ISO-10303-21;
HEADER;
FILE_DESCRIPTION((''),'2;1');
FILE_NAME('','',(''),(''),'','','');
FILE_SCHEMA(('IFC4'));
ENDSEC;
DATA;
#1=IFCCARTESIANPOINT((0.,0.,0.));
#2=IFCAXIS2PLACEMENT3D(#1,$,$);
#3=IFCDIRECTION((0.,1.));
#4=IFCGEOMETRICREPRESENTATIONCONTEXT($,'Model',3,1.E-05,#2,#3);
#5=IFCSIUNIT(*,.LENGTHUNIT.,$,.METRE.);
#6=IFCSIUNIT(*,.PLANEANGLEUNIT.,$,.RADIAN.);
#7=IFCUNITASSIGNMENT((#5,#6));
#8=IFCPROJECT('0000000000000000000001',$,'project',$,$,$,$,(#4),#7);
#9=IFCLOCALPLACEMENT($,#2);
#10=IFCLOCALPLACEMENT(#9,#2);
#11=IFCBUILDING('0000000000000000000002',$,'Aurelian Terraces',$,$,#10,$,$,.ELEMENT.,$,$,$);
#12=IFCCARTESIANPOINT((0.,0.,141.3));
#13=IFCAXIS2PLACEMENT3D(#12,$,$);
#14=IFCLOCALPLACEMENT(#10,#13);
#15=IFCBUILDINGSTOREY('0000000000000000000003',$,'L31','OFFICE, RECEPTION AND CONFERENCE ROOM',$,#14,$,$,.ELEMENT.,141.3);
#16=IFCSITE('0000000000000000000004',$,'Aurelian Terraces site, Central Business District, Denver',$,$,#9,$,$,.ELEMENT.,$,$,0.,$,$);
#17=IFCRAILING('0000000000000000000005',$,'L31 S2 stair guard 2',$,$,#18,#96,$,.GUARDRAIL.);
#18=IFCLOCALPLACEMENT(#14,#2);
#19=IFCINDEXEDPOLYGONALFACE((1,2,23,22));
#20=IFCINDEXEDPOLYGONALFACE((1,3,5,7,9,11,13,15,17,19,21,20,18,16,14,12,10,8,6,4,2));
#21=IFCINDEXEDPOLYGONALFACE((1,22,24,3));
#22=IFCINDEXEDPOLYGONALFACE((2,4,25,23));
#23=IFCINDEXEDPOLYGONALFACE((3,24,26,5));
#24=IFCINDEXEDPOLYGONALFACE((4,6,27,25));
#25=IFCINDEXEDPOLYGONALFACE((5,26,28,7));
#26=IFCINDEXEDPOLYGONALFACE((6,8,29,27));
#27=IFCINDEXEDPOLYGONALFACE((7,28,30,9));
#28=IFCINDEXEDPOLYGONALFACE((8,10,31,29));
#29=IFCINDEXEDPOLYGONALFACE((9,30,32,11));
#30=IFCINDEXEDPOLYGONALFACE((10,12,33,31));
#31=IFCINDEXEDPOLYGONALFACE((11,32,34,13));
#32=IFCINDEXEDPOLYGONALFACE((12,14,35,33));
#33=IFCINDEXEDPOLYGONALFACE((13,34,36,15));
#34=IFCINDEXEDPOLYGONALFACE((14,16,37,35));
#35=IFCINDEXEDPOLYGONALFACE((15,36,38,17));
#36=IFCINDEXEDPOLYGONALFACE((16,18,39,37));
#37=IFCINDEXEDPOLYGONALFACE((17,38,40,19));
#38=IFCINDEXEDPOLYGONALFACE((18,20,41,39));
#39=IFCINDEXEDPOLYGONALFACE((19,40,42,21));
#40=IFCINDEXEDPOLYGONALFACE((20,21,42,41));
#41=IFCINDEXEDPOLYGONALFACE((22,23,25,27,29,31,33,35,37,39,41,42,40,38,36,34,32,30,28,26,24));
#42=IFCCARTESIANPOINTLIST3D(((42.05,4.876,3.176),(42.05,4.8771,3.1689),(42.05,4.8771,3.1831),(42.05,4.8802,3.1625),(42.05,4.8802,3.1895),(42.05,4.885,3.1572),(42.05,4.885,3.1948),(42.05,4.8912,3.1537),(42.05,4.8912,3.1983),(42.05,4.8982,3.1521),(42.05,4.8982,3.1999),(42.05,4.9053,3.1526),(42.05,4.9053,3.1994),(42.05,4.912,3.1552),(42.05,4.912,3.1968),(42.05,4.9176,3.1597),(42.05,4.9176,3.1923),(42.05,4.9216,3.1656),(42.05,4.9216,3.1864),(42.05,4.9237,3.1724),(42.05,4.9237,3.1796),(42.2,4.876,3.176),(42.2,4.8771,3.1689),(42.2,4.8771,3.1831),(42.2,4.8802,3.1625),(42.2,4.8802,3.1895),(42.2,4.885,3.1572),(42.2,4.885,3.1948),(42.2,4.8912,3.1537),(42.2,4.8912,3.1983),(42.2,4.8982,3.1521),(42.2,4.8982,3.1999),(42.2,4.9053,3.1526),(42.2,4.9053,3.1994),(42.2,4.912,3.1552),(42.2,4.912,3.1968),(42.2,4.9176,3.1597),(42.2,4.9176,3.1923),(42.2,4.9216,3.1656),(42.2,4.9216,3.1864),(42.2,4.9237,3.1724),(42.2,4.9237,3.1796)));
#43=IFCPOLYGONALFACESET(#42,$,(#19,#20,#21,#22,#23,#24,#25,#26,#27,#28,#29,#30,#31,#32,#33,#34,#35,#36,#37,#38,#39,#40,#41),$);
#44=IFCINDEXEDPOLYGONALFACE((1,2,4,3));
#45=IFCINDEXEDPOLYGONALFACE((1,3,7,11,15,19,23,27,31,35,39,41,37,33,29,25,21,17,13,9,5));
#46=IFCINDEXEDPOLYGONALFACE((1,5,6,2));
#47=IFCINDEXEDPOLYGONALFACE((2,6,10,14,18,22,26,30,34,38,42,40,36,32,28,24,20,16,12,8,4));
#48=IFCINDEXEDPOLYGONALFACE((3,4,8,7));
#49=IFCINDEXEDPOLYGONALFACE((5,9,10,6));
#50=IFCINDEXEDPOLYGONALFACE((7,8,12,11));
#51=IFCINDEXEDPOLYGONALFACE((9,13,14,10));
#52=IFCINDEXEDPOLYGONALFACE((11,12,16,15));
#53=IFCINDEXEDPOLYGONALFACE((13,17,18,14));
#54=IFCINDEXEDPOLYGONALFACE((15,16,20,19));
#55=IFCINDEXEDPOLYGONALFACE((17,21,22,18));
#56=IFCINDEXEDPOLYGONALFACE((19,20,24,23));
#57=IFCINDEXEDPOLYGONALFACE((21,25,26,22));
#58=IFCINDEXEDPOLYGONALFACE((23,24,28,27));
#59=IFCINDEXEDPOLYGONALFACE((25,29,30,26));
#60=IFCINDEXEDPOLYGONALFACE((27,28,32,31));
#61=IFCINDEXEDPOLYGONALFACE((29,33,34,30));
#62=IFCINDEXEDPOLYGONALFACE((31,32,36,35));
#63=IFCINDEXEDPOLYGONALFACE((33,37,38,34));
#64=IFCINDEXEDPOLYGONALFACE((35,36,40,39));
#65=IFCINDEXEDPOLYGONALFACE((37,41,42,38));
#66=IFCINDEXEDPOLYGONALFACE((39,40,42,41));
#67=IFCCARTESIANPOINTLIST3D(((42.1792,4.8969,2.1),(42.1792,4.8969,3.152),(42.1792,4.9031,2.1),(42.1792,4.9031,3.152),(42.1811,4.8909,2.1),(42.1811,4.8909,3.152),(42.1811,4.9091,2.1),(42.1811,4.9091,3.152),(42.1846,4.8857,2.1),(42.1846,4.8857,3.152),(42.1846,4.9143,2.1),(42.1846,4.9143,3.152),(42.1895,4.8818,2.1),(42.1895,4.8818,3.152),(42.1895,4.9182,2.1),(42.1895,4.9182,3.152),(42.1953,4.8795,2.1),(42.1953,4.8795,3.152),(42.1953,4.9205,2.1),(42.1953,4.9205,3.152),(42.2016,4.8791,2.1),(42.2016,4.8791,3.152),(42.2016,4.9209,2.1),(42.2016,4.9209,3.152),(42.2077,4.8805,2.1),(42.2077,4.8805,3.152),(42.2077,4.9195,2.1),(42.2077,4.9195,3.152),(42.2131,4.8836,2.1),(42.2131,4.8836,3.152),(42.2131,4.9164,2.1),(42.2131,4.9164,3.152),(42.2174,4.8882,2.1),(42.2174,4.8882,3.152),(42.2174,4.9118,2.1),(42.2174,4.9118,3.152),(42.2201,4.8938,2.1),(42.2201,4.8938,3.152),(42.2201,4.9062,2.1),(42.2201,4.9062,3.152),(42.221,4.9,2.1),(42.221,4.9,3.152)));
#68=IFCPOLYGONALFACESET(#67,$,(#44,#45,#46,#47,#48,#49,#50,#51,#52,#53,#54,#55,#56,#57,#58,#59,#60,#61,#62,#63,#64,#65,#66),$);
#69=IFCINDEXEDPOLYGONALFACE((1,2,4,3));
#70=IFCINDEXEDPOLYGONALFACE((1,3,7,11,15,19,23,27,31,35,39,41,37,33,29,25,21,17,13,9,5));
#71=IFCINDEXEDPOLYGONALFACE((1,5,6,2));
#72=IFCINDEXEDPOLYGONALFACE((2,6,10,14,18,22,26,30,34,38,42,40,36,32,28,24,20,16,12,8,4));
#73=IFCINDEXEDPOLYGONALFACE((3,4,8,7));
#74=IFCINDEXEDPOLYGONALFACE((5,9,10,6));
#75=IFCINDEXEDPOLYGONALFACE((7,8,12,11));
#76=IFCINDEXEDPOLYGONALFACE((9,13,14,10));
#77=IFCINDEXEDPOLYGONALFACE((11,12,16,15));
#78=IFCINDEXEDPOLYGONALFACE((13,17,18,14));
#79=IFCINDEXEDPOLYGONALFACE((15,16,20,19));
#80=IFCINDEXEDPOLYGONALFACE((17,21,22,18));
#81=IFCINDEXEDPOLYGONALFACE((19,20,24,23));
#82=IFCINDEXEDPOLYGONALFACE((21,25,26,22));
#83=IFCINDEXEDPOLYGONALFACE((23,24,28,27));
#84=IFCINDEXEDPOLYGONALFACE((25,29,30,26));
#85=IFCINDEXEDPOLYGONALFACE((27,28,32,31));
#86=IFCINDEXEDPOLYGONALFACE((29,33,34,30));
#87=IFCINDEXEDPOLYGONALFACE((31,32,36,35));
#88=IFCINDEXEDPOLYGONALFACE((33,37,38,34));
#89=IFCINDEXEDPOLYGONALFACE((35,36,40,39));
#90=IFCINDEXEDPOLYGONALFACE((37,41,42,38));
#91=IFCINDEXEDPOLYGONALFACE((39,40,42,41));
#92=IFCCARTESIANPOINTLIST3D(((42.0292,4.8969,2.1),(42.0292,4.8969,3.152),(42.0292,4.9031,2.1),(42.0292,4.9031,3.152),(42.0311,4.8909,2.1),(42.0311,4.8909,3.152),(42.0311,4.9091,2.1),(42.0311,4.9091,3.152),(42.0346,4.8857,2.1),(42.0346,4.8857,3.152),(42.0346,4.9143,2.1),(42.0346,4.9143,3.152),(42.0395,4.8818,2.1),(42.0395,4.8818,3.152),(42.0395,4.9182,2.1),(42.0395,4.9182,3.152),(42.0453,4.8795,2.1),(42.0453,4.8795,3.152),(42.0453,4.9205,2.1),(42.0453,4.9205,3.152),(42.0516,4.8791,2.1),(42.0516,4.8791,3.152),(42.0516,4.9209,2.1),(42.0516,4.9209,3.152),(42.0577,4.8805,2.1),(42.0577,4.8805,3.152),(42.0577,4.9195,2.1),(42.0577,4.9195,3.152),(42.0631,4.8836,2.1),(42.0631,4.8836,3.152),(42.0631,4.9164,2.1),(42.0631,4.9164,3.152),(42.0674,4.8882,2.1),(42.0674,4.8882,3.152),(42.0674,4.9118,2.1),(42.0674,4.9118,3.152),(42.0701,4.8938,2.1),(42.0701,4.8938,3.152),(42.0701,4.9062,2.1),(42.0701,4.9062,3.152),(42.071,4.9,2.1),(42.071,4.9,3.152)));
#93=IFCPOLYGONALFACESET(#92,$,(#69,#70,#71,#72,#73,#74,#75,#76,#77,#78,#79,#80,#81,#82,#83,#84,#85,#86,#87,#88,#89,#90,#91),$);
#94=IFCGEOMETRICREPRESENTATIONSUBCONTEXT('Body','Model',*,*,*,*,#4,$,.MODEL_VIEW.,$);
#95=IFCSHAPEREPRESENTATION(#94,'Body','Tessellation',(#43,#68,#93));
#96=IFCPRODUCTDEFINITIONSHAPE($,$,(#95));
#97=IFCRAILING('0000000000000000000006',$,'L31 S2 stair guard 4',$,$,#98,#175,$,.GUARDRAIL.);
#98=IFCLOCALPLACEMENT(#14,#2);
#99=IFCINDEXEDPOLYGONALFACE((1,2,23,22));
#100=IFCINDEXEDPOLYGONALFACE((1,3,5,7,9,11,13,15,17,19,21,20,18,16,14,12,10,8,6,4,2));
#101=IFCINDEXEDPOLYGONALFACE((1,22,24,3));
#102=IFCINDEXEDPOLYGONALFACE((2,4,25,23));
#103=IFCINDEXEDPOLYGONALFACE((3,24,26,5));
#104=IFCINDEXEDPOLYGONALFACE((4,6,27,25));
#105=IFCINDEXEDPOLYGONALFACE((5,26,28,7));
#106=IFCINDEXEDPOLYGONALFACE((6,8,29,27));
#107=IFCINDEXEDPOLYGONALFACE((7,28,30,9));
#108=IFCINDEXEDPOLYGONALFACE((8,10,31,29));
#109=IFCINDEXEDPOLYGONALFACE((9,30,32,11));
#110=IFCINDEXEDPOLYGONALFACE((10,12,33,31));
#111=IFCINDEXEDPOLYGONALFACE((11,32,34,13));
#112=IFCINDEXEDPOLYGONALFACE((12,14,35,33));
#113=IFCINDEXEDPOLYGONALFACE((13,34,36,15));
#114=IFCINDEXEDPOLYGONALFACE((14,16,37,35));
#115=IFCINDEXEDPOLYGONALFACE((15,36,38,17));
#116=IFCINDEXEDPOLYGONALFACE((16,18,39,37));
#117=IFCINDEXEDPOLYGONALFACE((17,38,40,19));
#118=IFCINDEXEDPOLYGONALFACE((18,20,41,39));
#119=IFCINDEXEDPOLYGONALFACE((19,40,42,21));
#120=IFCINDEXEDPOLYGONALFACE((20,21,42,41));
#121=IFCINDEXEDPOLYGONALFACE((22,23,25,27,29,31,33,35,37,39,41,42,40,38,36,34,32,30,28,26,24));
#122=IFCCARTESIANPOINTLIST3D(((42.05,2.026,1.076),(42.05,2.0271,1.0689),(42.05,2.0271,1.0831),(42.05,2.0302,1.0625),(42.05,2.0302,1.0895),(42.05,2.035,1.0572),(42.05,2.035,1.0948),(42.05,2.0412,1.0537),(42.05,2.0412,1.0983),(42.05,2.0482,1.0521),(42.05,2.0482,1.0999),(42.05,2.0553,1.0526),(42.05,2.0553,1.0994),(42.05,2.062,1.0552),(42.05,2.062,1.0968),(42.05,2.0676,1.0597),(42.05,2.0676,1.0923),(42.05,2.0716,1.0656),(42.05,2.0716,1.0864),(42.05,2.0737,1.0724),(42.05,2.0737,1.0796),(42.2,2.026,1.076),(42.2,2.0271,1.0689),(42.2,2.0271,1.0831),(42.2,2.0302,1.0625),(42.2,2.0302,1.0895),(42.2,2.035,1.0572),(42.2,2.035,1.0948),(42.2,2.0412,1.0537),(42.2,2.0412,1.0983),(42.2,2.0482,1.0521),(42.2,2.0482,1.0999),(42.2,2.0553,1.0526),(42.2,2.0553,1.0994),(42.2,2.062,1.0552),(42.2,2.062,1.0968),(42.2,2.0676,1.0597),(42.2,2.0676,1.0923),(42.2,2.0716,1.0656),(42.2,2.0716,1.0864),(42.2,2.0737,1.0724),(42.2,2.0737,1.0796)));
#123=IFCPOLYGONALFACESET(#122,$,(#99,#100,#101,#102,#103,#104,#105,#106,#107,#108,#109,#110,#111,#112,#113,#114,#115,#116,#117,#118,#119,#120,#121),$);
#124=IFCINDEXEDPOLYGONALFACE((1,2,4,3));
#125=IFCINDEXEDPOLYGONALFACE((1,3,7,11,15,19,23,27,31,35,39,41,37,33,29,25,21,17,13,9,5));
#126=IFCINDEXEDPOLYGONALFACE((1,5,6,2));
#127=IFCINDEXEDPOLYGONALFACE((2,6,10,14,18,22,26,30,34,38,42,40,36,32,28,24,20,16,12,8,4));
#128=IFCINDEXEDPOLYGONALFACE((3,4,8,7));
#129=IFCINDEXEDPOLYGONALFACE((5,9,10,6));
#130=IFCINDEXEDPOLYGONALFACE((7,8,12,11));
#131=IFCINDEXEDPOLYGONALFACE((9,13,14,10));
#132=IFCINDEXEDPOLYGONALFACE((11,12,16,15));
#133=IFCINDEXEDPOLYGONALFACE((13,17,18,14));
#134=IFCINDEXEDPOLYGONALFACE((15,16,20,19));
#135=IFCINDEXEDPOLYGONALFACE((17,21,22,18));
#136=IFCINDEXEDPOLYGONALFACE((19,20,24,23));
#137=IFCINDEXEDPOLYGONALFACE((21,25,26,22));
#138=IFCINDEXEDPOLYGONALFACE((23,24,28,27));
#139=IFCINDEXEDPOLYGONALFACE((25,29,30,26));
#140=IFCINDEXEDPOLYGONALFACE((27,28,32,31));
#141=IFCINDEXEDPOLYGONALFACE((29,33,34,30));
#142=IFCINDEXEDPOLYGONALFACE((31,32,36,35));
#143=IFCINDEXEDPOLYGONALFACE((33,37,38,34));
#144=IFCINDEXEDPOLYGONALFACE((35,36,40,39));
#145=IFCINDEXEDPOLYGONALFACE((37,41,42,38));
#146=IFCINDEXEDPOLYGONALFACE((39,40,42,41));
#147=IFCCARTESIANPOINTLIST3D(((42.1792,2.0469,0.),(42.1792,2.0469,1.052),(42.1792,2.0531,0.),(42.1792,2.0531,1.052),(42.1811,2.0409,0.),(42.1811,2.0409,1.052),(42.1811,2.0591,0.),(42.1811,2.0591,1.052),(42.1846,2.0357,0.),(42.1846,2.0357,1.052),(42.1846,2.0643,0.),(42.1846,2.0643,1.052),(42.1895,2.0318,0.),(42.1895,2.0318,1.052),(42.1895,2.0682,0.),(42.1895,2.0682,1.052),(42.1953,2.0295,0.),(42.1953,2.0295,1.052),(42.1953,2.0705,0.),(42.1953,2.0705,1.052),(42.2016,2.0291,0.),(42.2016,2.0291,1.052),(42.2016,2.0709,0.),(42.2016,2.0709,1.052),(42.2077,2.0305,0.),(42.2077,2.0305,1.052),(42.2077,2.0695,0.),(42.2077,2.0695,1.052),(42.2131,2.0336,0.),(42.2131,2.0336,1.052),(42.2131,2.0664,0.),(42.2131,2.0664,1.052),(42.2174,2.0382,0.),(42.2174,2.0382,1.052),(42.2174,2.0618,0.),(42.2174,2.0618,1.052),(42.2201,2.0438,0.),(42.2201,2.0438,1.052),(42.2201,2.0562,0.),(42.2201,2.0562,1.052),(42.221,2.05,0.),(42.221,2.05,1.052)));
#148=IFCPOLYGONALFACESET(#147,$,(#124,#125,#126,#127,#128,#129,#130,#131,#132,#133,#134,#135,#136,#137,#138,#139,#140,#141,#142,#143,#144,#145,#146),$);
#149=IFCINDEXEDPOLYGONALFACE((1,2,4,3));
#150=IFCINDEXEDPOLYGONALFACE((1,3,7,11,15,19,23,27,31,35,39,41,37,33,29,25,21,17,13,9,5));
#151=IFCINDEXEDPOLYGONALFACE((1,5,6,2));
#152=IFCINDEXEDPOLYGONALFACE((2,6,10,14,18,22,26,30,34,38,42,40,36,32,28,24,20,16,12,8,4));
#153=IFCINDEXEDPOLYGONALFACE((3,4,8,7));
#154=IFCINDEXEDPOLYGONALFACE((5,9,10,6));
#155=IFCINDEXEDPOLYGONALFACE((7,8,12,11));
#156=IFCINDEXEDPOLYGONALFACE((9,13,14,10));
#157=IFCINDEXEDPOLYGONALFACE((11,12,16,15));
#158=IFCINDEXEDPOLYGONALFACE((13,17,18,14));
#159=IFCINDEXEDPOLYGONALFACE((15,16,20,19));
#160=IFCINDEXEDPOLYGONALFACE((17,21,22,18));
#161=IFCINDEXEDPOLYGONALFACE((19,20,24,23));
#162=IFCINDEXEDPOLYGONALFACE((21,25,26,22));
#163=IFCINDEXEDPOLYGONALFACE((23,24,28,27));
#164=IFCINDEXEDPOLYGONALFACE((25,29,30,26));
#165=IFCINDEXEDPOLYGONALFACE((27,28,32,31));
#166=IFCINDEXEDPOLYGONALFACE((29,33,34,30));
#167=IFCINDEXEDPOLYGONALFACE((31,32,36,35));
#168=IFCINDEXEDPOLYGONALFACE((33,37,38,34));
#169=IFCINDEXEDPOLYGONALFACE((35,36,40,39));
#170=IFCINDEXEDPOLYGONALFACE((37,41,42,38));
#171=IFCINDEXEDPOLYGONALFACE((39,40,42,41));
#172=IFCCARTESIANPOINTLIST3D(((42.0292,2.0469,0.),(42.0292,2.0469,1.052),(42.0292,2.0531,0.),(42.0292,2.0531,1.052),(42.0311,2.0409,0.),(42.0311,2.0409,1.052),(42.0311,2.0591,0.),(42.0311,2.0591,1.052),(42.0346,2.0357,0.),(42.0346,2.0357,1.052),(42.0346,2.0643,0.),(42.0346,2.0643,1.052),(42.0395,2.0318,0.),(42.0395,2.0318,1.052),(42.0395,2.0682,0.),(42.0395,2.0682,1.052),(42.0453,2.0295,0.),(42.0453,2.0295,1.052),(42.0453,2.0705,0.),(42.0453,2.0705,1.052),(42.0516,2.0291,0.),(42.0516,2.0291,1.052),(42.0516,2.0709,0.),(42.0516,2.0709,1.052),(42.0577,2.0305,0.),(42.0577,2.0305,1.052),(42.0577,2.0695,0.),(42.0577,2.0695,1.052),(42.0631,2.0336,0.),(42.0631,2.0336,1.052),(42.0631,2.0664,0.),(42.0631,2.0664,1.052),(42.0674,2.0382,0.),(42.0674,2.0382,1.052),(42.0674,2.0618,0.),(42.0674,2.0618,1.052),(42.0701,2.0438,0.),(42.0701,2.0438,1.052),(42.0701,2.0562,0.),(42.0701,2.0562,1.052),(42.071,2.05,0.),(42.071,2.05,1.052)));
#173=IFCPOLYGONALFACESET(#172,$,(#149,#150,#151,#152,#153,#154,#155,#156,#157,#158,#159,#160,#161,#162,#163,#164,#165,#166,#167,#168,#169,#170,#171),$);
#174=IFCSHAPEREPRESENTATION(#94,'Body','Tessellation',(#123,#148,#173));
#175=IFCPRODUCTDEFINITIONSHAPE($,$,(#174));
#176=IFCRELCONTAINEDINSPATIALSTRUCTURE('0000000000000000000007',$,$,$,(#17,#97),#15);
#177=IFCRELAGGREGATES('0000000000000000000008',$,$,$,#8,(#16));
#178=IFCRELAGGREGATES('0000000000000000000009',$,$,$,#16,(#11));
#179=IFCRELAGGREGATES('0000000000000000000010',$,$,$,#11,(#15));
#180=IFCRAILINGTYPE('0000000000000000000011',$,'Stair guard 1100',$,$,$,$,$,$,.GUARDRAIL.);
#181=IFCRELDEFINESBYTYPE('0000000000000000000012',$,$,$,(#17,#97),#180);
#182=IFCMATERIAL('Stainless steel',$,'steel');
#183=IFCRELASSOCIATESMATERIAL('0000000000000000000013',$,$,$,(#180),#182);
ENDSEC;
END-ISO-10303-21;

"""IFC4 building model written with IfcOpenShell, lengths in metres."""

from ifc_helpers import new_model, si_unit, direction, frame, origin, origin_2d, place, context, subcontext, project, spatial, circle, extrude, source, transform, mapped, material, type_object, element, save


model = new_model("IFC4")

# Units and contexts
model_context = context("Model", 3, precision=1e-05, world=origin(), true_north=direction((0.0, 1.0)))
body_context = subcontext(model_context, "Body", "Model", "MODEL_VIEW")
ifc_project = project(units=[si_unit("LENGTHUNIT", "METRE"), si_unit("PLANEANGLEUNIT", "RADIAN")], contexts=[model_context])

# Site, building, storey
site_placement = place(None, origin())
site = spatial("IfcSite", under=ifc_project, at=site_placement, Name="Aurelian Terraces site, Central Business District, Denver", CompositionType="ELEMENT", RefElevation=0.0)
building_placement = place(site_placement, origin())
building = spatial("IfcBuilding", under=site, at=building_placement, Name="Aurelian Terraces", CompositionType="ELEMENT")
storey_placement = place(building_placement, frame((0.0, 0.0, 141.3)))
storey = spatial("IfcBuildingStorey", under=building, at=storey_placement, Name="L31", Description="OFFICE, RECEPTION AND CONFERENCE ROOM", CompositionType="ELEMENT", Elevation=141.3)

# Railings
ifc_material_1 = material(Name="Stainless steel", Category="steel")
railing_type_1 = type_object("IfcRailingType", Name="Stair guard 1100", PredefinedType="GUARDRAIL", material=ifc_material_1)
shared_shape_1 = source(origin(), body_context, "Body", "SweptSolid", [
    extrude(circle(Radius=0.024, at=origin_2d()), frame((0.0, 0.0, 1.076), z_axis=(-1.0, 0.0, 0.0), x_axis=(0.0, -1.0, 0.0)), (0.0, 0.0, 1.0), 0.15),
    extrude(circle(Radius=0.021, at=origin_2d()), origin(), (0.0, 0.0, 1.0), 1.052),
    extrude(circle(Radius=0.021, at=origin_2d()), frame((-0.15, 0.0, 0.0)), (0.0, 0.0, 1.0), 1.052),
])
for number, where, name in (
    (1, (42.2, 4.9, 2.1), "L31 S2 stair guard 2"),
    (2, (42.2, 2.05, 0.0), "L31 S2 stair guard 4"),
):
    element("IfcRailing", number, at=place(storey_placement, frame(where)), inside=storey, type_object=railing_type_1, Name=name, PredefinedType="GUARDRAIL", context=body_context, shape_type="MappedRepresentation", body=[
        mapped(shared_shape_1, transform((0.0, 0.0, 0.0), scale=1.0)),
    ])

save(model, "model.ifc")
